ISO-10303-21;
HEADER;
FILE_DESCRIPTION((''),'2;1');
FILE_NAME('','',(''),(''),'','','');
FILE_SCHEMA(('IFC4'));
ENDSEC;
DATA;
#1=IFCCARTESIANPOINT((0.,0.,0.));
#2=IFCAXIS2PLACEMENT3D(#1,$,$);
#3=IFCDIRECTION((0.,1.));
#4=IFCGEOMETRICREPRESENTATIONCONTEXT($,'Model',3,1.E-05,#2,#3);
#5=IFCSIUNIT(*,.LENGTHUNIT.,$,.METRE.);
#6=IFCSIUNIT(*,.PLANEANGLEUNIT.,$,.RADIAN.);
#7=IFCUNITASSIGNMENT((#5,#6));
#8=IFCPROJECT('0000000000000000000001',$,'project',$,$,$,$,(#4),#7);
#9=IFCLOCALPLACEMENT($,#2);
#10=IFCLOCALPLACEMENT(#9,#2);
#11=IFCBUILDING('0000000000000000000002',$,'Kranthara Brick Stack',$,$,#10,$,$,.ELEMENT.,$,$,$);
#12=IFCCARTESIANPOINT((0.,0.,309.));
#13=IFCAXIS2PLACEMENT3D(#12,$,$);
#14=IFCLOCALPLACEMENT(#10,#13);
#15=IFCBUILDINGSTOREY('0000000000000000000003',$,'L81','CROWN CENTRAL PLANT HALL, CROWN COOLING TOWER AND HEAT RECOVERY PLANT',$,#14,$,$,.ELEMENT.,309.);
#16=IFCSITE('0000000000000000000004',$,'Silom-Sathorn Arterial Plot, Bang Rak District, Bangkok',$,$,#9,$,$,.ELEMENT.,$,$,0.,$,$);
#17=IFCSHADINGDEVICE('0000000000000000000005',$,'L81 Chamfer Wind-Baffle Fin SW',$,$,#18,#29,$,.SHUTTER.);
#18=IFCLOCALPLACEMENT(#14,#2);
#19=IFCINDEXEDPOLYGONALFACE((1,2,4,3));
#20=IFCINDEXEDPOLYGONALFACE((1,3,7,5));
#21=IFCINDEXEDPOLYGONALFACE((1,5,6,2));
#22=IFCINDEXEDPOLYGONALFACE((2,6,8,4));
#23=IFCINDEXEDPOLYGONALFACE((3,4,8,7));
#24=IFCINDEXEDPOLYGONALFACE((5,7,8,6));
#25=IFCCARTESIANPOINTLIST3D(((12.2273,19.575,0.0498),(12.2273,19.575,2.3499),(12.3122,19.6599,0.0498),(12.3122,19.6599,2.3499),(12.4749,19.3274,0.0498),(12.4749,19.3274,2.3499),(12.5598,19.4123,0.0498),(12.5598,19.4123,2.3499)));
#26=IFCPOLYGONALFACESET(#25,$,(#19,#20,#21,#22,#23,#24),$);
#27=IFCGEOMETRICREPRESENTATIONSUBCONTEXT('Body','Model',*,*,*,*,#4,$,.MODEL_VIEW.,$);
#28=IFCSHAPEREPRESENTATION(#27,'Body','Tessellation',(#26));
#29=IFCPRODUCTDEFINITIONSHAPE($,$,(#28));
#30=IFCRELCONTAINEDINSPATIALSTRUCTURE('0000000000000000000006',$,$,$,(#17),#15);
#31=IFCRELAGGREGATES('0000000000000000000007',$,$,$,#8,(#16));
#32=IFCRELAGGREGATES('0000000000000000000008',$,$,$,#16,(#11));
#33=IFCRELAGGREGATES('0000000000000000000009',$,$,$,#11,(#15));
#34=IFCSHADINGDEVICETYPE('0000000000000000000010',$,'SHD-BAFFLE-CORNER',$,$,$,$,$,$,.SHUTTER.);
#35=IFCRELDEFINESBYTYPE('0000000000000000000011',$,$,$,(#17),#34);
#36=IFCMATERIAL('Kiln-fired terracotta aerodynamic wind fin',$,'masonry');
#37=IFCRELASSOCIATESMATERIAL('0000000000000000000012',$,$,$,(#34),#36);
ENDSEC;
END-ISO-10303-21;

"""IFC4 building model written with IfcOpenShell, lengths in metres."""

from ifc_helpers import new_model, si_unit, direction, frame, origin, origin_2d, place, context, subcontext, project, spatial, rectangle, extrude, material, type_object, element, save


model = new_model("IFC4")

# Units and contexts
model_context = context("Model", 3, precision=1e-05, world=origin(), true_north=direction((0.0, 1.0)))
body_context = subcontext(model_context, "Body", "Model", "MODEL_VIEW")
ifc_project = project(units=[si_unit("LENGTHUNIT", "METRE"), si_unit("PLANEANGLEUNIT", "RADIAN")], contexts=[model_context])

# Site, building, storey
site_placement = place(None, origin())
site = spatial("IfcSite", under=ifc_project, at=site_placement, Name="Silom-Sathorn Arterial Plot, Bang Rak District, Bangkok", CompositionType="ELEMENT", RefElevation=0.0)
building_placement = place(site_placement, origin())
building = spatial("IfcBuilding", under=site, at=building_placement, Name="Kranthara Brick Stack", CompositionType="ELEMENT")
storey_placement = place(building_placement, frame((0.0, 0.0, 309.0)))
storey = spatial("IfcBuildingStorey", under=building, at=storey_placement, Name="L81", Description="CROWN CENTRAL PLANT HALL, CROWN COOLING TOWER AND HEAT RECOVERY PLANT", CompositionType="ELEMENT", Elevation=309.0)

# Shading device
ifc_material_1 = material(Name="Kiln-fired terracotta aerodynamic wind fin", Category="masonry")
shading_device_type = type_object("IfcShadingDeviceType", Name="SHD-BAFFLE-CORNER", PredefinedType="SHUTTER", material=ifc_material_1)
shading_device_placement = place(storey_placement, frame((12.3936, 19.4937, 0.0498), z_axis=(0.0, 0.0, 1.0), x_axis=(-0.707107, 0.707107, 0.0)))
element("IfcShadingDevice", 1, at=shading_device_placement, inside=storey, type_object=shading_device_type, Name="L81 Chamfer Wind-Baffle Fin SW", PredefinedType="SHUTTER", context=body_context, shape_type="SweptSolid", body=[
    extrude(rectangle(XDim=0.3501, YDim=0.1201, at=origin_2d()), origin(), (0.0, 0.0, 1.0), 2.3),
])

save(model, "model.ifc")
